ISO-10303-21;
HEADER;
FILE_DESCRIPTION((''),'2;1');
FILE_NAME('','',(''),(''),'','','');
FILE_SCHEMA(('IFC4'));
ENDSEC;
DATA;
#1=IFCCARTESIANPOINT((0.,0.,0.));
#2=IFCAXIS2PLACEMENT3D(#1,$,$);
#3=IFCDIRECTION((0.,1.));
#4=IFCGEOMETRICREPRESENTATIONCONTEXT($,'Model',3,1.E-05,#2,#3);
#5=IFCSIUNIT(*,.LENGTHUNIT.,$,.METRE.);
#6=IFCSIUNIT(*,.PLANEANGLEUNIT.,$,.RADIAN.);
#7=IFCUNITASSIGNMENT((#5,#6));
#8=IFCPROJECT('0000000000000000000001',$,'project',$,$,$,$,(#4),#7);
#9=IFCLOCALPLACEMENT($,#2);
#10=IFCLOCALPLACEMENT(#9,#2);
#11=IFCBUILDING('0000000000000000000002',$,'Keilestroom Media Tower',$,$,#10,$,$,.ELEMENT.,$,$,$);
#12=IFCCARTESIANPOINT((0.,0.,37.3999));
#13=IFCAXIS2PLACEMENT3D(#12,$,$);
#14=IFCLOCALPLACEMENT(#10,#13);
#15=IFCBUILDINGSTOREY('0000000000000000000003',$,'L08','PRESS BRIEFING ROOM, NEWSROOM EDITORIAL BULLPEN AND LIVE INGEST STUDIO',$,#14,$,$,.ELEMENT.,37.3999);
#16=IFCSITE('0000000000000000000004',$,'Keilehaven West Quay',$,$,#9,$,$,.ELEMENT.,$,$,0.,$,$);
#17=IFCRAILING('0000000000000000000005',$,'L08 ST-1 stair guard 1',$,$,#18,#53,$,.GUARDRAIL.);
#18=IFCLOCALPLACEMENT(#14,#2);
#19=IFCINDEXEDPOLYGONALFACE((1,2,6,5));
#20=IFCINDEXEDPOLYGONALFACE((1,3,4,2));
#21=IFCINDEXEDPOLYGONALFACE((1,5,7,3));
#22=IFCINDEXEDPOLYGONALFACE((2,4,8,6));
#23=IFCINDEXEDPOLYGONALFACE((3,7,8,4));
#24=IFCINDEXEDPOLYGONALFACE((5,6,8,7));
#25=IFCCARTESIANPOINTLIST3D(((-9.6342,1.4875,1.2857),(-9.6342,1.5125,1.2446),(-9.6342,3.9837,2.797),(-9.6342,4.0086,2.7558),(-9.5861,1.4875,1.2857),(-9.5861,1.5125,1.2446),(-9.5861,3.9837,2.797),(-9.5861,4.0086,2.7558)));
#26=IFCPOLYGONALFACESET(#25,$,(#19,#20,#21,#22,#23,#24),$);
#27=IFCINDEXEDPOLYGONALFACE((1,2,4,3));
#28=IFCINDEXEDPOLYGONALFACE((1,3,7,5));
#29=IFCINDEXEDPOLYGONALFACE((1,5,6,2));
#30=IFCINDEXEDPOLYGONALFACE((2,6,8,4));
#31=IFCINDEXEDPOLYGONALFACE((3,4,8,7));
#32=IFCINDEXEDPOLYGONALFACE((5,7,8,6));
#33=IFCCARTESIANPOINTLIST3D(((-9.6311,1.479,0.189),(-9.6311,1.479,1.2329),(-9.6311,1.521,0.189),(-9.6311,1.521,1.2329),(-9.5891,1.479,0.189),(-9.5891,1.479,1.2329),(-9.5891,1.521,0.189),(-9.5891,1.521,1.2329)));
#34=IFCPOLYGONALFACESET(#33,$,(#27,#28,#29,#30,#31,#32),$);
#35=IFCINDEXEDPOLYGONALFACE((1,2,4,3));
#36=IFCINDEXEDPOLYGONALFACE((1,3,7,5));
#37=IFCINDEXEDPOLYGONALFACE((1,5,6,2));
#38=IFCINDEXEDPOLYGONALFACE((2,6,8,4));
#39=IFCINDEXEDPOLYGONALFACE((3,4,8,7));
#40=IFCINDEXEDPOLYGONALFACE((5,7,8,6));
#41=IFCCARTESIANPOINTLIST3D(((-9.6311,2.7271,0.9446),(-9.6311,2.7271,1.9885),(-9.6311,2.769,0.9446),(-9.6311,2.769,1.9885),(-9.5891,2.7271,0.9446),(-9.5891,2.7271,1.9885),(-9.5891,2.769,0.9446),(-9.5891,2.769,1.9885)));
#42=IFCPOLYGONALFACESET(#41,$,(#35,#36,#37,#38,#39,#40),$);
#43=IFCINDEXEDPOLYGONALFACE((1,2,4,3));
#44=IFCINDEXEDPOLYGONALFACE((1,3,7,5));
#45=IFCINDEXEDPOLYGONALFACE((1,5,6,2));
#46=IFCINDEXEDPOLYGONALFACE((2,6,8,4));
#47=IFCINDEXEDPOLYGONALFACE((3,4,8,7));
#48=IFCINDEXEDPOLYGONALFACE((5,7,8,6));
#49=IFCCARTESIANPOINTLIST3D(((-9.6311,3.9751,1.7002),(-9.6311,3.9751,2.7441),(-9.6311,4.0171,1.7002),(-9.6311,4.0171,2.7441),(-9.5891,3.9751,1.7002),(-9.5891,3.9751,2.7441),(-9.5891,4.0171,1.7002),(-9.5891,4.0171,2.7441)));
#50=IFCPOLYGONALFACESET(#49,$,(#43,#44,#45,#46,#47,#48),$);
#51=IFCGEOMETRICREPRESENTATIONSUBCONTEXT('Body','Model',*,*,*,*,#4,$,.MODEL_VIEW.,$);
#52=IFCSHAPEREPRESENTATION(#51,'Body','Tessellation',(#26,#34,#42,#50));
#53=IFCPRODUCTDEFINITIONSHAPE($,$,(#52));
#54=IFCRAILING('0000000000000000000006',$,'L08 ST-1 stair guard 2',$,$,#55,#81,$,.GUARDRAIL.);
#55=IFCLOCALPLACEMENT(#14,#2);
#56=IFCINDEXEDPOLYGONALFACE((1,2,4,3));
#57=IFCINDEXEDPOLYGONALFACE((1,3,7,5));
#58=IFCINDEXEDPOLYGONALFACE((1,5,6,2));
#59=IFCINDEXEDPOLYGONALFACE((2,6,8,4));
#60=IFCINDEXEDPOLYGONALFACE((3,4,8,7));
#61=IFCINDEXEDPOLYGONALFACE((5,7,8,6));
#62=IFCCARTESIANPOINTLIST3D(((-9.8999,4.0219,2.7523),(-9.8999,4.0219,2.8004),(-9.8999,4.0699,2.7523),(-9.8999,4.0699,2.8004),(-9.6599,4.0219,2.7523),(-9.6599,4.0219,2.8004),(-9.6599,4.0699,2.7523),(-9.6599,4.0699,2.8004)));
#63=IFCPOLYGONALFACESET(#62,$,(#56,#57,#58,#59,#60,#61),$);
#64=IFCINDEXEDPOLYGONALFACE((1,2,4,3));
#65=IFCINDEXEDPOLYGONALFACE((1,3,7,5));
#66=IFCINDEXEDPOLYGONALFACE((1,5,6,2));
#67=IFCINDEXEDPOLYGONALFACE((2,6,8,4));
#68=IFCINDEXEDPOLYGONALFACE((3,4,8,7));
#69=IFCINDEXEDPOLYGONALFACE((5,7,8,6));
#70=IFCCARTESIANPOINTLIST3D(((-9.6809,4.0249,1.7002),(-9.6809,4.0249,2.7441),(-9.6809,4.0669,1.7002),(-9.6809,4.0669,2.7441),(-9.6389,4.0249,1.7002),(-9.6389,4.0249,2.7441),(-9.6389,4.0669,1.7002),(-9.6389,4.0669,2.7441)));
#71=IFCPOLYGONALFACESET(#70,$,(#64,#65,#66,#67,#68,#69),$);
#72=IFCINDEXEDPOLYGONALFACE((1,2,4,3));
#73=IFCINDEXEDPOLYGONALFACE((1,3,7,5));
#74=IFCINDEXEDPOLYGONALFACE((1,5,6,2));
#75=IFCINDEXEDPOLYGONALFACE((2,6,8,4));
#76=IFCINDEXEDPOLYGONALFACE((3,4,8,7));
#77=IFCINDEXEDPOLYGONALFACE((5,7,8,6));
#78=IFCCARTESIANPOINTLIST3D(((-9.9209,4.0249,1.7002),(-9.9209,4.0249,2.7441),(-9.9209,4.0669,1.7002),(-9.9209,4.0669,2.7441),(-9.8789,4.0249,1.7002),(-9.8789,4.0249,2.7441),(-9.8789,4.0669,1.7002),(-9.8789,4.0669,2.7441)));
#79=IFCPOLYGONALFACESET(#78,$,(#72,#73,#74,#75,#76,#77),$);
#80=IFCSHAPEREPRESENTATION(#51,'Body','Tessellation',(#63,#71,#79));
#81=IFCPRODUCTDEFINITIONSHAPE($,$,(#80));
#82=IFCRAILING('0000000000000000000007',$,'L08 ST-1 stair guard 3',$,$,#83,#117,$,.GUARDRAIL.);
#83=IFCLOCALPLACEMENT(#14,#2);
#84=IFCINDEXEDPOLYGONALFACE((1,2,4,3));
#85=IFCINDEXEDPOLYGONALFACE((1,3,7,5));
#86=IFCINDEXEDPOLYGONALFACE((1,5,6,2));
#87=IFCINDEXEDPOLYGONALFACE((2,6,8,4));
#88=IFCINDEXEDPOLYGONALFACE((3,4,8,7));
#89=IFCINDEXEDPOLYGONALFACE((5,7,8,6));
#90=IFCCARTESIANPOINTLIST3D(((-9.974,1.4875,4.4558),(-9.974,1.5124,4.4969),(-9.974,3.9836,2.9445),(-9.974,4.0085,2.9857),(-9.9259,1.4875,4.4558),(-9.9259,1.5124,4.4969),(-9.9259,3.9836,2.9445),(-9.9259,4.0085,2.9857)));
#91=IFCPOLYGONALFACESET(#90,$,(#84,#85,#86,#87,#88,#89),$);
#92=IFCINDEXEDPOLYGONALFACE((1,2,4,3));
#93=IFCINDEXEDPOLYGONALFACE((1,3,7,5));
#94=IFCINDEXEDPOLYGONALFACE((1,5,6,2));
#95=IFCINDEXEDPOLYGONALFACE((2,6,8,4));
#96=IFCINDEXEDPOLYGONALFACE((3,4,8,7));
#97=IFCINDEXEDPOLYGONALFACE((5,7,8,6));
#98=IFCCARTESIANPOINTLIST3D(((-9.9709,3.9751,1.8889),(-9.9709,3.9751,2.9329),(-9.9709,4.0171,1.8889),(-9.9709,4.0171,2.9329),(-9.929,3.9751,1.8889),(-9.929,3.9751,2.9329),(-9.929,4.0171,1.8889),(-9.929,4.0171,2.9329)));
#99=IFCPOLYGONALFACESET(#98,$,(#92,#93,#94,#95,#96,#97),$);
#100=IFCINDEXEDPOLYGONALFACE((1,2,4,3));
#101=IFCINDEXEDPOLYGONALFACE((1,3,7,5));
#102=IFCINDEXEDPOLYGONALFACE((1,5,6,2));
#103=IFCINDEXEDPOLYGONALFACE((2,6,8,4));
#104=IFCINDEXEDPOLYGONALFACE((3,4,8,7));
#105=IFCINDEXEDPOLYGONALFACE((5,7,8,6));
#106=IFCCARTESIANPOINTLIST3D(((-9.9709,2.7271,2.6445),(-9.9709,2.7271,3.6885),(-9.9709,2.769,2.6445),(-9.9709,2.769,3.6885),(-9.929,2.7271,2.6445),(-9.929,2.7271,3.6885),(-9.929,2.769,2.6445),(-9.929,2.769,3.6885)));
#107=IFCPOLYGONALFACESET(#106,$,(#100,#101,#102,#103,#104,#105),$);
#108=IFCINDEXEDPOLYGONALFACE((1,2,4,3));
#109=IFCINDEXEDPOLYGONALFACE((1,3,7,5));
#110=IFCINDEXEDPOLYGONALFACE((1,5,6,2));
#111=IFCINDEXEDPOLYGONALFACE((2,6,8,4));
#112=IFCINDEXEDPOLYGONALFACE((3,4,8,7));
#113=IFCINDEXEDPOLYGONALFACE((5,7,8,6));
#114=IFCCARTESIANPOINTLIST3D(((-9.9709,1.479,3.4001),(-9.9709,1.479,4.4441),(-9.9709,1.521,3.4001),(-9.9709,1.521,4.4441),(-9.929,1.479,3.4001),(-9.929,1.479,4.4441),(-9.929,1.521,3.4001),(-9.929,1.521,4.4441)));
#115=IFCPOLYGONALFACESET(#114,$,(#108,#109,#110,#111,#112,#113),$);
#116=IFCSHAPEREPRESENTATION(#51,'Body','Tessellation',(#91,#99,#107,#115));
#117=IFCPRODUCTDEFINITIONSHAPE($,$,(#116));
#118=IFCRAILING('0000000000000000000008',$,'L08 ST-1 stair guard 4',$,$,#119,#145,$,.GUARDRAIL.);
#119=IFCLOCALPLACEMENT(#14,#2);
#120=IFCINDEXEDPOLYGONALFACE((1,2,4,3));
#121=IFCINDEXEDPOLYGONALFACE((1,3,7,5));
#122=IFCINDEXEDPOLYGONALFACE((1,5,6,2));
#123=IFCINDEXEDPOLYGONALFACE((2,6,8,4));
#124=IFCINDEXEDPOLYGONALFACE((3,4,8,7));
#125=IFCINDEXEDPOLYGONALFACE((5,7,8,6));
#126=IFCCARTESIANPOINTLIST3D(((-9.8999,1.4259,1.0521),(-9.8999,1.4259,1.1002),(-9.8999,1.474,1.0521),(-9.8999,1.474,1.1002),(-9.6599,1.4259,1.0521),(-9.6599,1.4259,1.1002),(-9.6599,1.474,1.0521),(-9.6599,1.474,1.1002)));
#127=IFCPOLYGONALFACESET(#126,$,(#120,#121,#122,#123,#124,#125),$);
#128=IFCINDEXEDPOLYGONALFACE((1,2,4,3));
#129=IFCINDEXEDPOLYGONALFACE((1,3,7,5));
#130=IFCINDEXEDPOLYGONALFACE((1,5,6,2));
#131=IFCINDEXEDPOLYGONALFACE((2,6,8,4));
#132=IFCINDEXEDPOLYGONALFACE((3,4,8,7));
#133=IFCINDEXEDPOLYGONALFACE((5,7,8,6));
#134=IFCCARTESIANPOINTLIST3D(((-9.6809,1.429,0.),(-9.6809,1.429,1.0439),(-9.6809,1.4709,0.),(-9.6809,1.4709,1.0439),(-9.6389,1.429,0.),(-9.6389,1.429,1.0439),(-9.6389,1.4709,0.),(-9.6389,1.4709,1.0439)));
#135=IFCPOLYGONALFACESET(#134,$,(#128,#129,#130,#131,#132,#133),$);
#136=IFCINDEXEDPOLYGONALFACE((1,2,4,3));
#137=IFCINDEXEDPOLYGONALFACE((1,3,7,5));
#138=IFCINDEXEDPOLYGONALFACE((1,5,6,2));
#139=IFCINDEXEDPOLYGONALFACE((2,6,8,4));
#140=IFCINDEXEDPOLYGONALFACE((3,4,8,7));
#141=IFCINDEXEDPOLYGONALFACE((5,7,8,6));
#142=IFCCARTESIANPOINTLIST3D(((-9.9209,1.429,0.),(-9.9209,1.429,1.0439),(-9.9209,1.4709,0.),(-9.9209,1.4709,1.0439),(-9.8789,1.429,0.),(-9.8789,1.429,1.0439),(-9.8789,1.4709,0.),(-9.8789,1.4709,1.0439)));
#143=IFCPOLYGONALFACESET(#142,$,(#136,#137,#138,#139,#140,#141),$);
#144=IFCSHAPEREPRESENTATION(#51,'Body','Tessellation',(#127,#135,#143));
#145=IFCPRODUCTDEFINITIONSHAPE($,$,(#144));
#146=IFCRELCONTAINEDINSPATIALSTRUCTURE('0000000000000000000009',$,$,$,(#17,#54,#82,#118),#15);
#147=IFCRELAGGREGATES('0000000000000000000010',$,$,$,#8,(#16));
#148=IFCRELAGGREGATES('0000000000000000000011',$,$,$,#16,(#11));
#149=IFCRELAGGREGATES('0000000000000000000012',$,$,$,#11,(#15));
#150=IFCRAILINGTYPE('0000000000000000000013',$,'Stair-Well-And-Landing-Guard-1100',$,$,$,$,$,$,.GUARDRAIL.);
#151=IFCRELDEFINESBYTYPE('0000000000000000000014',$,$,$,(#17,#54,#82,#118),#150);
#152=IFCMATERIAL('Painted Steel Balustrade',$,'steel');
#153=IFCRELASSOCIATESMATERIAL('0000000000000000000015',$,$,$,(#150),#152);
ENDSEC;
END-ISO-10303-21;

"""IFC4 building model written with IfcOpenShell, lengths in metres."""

from ifc_helpers import new_model, si_unit, direction, frame, origin, origin_2d, place, context, subcontext, project, spatial, rectangle, extrude, material, type_object, element, save


model = new_model("IFC4")

# Units and contexts
model_context = context("Model", 3, precision=1e-05, world=origin(), true_north=direction((0.0, 1.0)))
body_context = subcontext(model_context, "Body", "Model", "MODEL_VIEW")
ifc_project = project(units=[si_unit("LENGTHUNIT", "METRE"), si_unit("PLANEANGLEUNIT", "RADIAN")], contexts=[model_context])

# Site, building, storey
site_placement = place(None, origin())
site = spatial("IfcSite", under=ifc_project, at=site_placement, Name="Keilehaven West Quay", CompositionType="ELEMENT", RefElevation=0.0)
building_placement = place(site_placement, origin())
building = spatial("IfcBuilding", under=site, at=building_placement, Name="Keilestroom Media Tower", CompositionType="ELEMENT")
storey_placement = place(building_placement, frame((0.0, 0.0, 37.3999)))
storey = spatial("IfcBuildingStorey", under=building, at=storey_placement, Name="L08", Description="PRESS BRIEFING ROOM, NEWSROOM EDITORIAL BULLPEN AND LIVE INGEST STUDIO", CompositionType="ELEMENT", Elevation=37.3999)

# Railings
ifc_material_1 = material(Name="Painted Steel Balustrade", Category="steel")
railing_type_1 = type_object("IfcRailingType", Name="Stair-Well-And-Landing-Guard-1100", PredefinedType="GUARDRAIL", material=ifc_material_1)
railing_1_placement = place(storey_placement, frame((-9.6101, 1.5, 0.189)))
element("IfcRailing", 1, at=railing_1_placement, inside=storey, type_object=railing_type_1, Name="L08 ST-1 stair guard 1", PredefinedType="GUARDRAIL", context=body_context, shape_type="SweptSolid", body=[
    extrude(rectangle(XDim=0.0481, YDim=0.0481, at=origin_2d()), frame((0.0, 0.0, 1.0762), z_axis=(0.0, 0.855434, 0.517912), x_axis=(-1.0, 0.0, 0.0)), (0.0, 0.0, 1.0), 2.918),
    extrude(rectangle(XDim=0.042, YDim=0.042, at=origin_2d()), origin(), (0.0, 0.0, 1.0), 1.0439),
    extrude(rectangle(XDim=0.042, YDim=0.042, at=origin_2d()), frame((0.0, 1.248, 0.7556)), (0.0, 0.0, 1.0), 1.0439),
    extrude(rectangle(XDim=0.042, YDim=0.042, at=origin_2d()), frame((0.0, 2.4961, 1.5112)), (0.0, 0.0, 1.0), 1.0439),
])
railing_2_placement = place(storey_placement, frame((-9.6599, 4.0459, 1.7002)))
element("IfcRailing", 2, at=railing_2_placement, inside=storey, type_object=railing_type_1, Name="L08 ST-1 stair guard 2", PredefinedType="GUARDRAIL", context=body_context, shape_type="SweptSolid", body=[
    extrude(rectangle(XDim=0.0481, YDim=0.0481, at=origin_2d()), frame((0.0, 0.0, 1.0762), z_axis=(-1.0, 0.0, 0.0), x_axis=(0.0, -1.0, 0.0)), (0.0, 0.0, 1.0), 0.24),
    extrude(rectangle(XDim=0.042, YDim=0.042, at=origin_2d()), origin(), (0.0, 0.0, 1.0), 1.0439),
    extrude(rectangle(XDim=0.042, YDim=0.042, at=origin_2d()), frame((-0.24, 0.0, 0.0)), (0.0, 0.0, 1.0), 1.0439),
])
railing_3_placement = place(storey_placement, frame((-9.95, 3.9961, 1.8889)))
element("IfcRailing", 3, at=railing_3_placement, inside=storey, type_object=railing_type_1, Name="L08 ST-1 stair guard 3", PredefinedType="GUARDRAIL", context=body_context, shape_type="SweptSolid", body=[
    extrude(rectangle(XDim=0.0481, YDim=0.0481, at=origin_2d()), frame((0.0, 0.0, 1.0762), z_axis=(0.0, -0.855434, 0.517912), x_axis=(1.0, 0.0, 0.0)), (0.0, 0.0, 1.0), 2.918),
    extrude(rectangle(XDim=0.042, YDim=0.042, at=origin_2d()), origin(), (0.0, 0.0, 1.0), 1.0439),
    extrude(rectangle(XDim=0.042, YDim=0.042, at=origin_2d()), frame((0.0, -1.248, 0.7556)), (0.0, 0.0, 1.0), 1.0439),
    extrude(rectangle(XDim=0.042, YDim=0.042, at=origin_2d()), frame((0.0, -2.4961, 1.5112)), (0.0, 0.0, 1.0), 1.0439),
])
railing_4_placement = place(storey_placement, frame((-9.6599, 1.45, 0.0)))
element("IfcRailing", 4, at=railing_4_placement, inside=storey, type_object=railing_type_1, Name="L08 ST-1 stair guard 4", PredefinedType="GUARDRAIL", context=body_context, shape_type="SweptSolid", body=[
    extrude(rectangle(XDim=0.0481, YDim=0.0481, at=origin_2d()), frame((0.0, 0.0, 1.0762), z_axis=(-1.0, 0.0, 0.0), x_axis=(0.0, -1.0, 0.0)), (0.0, 0.0, 1.0), 0.24),
    extrude(rectangle(XDim=0.042, YDim=0.042, at=origin_2d()), origin(), (0.0, 0.0, 1.0), 1.0439),
    extrude(rectangle(XDim=0.042, YDim=0.042, at=origin_2d()), frame((-0.24, 0.0, 0.0)), (0.0, 0.0, 1.0), 1.0439),
])

save(model, "model.ifc")
